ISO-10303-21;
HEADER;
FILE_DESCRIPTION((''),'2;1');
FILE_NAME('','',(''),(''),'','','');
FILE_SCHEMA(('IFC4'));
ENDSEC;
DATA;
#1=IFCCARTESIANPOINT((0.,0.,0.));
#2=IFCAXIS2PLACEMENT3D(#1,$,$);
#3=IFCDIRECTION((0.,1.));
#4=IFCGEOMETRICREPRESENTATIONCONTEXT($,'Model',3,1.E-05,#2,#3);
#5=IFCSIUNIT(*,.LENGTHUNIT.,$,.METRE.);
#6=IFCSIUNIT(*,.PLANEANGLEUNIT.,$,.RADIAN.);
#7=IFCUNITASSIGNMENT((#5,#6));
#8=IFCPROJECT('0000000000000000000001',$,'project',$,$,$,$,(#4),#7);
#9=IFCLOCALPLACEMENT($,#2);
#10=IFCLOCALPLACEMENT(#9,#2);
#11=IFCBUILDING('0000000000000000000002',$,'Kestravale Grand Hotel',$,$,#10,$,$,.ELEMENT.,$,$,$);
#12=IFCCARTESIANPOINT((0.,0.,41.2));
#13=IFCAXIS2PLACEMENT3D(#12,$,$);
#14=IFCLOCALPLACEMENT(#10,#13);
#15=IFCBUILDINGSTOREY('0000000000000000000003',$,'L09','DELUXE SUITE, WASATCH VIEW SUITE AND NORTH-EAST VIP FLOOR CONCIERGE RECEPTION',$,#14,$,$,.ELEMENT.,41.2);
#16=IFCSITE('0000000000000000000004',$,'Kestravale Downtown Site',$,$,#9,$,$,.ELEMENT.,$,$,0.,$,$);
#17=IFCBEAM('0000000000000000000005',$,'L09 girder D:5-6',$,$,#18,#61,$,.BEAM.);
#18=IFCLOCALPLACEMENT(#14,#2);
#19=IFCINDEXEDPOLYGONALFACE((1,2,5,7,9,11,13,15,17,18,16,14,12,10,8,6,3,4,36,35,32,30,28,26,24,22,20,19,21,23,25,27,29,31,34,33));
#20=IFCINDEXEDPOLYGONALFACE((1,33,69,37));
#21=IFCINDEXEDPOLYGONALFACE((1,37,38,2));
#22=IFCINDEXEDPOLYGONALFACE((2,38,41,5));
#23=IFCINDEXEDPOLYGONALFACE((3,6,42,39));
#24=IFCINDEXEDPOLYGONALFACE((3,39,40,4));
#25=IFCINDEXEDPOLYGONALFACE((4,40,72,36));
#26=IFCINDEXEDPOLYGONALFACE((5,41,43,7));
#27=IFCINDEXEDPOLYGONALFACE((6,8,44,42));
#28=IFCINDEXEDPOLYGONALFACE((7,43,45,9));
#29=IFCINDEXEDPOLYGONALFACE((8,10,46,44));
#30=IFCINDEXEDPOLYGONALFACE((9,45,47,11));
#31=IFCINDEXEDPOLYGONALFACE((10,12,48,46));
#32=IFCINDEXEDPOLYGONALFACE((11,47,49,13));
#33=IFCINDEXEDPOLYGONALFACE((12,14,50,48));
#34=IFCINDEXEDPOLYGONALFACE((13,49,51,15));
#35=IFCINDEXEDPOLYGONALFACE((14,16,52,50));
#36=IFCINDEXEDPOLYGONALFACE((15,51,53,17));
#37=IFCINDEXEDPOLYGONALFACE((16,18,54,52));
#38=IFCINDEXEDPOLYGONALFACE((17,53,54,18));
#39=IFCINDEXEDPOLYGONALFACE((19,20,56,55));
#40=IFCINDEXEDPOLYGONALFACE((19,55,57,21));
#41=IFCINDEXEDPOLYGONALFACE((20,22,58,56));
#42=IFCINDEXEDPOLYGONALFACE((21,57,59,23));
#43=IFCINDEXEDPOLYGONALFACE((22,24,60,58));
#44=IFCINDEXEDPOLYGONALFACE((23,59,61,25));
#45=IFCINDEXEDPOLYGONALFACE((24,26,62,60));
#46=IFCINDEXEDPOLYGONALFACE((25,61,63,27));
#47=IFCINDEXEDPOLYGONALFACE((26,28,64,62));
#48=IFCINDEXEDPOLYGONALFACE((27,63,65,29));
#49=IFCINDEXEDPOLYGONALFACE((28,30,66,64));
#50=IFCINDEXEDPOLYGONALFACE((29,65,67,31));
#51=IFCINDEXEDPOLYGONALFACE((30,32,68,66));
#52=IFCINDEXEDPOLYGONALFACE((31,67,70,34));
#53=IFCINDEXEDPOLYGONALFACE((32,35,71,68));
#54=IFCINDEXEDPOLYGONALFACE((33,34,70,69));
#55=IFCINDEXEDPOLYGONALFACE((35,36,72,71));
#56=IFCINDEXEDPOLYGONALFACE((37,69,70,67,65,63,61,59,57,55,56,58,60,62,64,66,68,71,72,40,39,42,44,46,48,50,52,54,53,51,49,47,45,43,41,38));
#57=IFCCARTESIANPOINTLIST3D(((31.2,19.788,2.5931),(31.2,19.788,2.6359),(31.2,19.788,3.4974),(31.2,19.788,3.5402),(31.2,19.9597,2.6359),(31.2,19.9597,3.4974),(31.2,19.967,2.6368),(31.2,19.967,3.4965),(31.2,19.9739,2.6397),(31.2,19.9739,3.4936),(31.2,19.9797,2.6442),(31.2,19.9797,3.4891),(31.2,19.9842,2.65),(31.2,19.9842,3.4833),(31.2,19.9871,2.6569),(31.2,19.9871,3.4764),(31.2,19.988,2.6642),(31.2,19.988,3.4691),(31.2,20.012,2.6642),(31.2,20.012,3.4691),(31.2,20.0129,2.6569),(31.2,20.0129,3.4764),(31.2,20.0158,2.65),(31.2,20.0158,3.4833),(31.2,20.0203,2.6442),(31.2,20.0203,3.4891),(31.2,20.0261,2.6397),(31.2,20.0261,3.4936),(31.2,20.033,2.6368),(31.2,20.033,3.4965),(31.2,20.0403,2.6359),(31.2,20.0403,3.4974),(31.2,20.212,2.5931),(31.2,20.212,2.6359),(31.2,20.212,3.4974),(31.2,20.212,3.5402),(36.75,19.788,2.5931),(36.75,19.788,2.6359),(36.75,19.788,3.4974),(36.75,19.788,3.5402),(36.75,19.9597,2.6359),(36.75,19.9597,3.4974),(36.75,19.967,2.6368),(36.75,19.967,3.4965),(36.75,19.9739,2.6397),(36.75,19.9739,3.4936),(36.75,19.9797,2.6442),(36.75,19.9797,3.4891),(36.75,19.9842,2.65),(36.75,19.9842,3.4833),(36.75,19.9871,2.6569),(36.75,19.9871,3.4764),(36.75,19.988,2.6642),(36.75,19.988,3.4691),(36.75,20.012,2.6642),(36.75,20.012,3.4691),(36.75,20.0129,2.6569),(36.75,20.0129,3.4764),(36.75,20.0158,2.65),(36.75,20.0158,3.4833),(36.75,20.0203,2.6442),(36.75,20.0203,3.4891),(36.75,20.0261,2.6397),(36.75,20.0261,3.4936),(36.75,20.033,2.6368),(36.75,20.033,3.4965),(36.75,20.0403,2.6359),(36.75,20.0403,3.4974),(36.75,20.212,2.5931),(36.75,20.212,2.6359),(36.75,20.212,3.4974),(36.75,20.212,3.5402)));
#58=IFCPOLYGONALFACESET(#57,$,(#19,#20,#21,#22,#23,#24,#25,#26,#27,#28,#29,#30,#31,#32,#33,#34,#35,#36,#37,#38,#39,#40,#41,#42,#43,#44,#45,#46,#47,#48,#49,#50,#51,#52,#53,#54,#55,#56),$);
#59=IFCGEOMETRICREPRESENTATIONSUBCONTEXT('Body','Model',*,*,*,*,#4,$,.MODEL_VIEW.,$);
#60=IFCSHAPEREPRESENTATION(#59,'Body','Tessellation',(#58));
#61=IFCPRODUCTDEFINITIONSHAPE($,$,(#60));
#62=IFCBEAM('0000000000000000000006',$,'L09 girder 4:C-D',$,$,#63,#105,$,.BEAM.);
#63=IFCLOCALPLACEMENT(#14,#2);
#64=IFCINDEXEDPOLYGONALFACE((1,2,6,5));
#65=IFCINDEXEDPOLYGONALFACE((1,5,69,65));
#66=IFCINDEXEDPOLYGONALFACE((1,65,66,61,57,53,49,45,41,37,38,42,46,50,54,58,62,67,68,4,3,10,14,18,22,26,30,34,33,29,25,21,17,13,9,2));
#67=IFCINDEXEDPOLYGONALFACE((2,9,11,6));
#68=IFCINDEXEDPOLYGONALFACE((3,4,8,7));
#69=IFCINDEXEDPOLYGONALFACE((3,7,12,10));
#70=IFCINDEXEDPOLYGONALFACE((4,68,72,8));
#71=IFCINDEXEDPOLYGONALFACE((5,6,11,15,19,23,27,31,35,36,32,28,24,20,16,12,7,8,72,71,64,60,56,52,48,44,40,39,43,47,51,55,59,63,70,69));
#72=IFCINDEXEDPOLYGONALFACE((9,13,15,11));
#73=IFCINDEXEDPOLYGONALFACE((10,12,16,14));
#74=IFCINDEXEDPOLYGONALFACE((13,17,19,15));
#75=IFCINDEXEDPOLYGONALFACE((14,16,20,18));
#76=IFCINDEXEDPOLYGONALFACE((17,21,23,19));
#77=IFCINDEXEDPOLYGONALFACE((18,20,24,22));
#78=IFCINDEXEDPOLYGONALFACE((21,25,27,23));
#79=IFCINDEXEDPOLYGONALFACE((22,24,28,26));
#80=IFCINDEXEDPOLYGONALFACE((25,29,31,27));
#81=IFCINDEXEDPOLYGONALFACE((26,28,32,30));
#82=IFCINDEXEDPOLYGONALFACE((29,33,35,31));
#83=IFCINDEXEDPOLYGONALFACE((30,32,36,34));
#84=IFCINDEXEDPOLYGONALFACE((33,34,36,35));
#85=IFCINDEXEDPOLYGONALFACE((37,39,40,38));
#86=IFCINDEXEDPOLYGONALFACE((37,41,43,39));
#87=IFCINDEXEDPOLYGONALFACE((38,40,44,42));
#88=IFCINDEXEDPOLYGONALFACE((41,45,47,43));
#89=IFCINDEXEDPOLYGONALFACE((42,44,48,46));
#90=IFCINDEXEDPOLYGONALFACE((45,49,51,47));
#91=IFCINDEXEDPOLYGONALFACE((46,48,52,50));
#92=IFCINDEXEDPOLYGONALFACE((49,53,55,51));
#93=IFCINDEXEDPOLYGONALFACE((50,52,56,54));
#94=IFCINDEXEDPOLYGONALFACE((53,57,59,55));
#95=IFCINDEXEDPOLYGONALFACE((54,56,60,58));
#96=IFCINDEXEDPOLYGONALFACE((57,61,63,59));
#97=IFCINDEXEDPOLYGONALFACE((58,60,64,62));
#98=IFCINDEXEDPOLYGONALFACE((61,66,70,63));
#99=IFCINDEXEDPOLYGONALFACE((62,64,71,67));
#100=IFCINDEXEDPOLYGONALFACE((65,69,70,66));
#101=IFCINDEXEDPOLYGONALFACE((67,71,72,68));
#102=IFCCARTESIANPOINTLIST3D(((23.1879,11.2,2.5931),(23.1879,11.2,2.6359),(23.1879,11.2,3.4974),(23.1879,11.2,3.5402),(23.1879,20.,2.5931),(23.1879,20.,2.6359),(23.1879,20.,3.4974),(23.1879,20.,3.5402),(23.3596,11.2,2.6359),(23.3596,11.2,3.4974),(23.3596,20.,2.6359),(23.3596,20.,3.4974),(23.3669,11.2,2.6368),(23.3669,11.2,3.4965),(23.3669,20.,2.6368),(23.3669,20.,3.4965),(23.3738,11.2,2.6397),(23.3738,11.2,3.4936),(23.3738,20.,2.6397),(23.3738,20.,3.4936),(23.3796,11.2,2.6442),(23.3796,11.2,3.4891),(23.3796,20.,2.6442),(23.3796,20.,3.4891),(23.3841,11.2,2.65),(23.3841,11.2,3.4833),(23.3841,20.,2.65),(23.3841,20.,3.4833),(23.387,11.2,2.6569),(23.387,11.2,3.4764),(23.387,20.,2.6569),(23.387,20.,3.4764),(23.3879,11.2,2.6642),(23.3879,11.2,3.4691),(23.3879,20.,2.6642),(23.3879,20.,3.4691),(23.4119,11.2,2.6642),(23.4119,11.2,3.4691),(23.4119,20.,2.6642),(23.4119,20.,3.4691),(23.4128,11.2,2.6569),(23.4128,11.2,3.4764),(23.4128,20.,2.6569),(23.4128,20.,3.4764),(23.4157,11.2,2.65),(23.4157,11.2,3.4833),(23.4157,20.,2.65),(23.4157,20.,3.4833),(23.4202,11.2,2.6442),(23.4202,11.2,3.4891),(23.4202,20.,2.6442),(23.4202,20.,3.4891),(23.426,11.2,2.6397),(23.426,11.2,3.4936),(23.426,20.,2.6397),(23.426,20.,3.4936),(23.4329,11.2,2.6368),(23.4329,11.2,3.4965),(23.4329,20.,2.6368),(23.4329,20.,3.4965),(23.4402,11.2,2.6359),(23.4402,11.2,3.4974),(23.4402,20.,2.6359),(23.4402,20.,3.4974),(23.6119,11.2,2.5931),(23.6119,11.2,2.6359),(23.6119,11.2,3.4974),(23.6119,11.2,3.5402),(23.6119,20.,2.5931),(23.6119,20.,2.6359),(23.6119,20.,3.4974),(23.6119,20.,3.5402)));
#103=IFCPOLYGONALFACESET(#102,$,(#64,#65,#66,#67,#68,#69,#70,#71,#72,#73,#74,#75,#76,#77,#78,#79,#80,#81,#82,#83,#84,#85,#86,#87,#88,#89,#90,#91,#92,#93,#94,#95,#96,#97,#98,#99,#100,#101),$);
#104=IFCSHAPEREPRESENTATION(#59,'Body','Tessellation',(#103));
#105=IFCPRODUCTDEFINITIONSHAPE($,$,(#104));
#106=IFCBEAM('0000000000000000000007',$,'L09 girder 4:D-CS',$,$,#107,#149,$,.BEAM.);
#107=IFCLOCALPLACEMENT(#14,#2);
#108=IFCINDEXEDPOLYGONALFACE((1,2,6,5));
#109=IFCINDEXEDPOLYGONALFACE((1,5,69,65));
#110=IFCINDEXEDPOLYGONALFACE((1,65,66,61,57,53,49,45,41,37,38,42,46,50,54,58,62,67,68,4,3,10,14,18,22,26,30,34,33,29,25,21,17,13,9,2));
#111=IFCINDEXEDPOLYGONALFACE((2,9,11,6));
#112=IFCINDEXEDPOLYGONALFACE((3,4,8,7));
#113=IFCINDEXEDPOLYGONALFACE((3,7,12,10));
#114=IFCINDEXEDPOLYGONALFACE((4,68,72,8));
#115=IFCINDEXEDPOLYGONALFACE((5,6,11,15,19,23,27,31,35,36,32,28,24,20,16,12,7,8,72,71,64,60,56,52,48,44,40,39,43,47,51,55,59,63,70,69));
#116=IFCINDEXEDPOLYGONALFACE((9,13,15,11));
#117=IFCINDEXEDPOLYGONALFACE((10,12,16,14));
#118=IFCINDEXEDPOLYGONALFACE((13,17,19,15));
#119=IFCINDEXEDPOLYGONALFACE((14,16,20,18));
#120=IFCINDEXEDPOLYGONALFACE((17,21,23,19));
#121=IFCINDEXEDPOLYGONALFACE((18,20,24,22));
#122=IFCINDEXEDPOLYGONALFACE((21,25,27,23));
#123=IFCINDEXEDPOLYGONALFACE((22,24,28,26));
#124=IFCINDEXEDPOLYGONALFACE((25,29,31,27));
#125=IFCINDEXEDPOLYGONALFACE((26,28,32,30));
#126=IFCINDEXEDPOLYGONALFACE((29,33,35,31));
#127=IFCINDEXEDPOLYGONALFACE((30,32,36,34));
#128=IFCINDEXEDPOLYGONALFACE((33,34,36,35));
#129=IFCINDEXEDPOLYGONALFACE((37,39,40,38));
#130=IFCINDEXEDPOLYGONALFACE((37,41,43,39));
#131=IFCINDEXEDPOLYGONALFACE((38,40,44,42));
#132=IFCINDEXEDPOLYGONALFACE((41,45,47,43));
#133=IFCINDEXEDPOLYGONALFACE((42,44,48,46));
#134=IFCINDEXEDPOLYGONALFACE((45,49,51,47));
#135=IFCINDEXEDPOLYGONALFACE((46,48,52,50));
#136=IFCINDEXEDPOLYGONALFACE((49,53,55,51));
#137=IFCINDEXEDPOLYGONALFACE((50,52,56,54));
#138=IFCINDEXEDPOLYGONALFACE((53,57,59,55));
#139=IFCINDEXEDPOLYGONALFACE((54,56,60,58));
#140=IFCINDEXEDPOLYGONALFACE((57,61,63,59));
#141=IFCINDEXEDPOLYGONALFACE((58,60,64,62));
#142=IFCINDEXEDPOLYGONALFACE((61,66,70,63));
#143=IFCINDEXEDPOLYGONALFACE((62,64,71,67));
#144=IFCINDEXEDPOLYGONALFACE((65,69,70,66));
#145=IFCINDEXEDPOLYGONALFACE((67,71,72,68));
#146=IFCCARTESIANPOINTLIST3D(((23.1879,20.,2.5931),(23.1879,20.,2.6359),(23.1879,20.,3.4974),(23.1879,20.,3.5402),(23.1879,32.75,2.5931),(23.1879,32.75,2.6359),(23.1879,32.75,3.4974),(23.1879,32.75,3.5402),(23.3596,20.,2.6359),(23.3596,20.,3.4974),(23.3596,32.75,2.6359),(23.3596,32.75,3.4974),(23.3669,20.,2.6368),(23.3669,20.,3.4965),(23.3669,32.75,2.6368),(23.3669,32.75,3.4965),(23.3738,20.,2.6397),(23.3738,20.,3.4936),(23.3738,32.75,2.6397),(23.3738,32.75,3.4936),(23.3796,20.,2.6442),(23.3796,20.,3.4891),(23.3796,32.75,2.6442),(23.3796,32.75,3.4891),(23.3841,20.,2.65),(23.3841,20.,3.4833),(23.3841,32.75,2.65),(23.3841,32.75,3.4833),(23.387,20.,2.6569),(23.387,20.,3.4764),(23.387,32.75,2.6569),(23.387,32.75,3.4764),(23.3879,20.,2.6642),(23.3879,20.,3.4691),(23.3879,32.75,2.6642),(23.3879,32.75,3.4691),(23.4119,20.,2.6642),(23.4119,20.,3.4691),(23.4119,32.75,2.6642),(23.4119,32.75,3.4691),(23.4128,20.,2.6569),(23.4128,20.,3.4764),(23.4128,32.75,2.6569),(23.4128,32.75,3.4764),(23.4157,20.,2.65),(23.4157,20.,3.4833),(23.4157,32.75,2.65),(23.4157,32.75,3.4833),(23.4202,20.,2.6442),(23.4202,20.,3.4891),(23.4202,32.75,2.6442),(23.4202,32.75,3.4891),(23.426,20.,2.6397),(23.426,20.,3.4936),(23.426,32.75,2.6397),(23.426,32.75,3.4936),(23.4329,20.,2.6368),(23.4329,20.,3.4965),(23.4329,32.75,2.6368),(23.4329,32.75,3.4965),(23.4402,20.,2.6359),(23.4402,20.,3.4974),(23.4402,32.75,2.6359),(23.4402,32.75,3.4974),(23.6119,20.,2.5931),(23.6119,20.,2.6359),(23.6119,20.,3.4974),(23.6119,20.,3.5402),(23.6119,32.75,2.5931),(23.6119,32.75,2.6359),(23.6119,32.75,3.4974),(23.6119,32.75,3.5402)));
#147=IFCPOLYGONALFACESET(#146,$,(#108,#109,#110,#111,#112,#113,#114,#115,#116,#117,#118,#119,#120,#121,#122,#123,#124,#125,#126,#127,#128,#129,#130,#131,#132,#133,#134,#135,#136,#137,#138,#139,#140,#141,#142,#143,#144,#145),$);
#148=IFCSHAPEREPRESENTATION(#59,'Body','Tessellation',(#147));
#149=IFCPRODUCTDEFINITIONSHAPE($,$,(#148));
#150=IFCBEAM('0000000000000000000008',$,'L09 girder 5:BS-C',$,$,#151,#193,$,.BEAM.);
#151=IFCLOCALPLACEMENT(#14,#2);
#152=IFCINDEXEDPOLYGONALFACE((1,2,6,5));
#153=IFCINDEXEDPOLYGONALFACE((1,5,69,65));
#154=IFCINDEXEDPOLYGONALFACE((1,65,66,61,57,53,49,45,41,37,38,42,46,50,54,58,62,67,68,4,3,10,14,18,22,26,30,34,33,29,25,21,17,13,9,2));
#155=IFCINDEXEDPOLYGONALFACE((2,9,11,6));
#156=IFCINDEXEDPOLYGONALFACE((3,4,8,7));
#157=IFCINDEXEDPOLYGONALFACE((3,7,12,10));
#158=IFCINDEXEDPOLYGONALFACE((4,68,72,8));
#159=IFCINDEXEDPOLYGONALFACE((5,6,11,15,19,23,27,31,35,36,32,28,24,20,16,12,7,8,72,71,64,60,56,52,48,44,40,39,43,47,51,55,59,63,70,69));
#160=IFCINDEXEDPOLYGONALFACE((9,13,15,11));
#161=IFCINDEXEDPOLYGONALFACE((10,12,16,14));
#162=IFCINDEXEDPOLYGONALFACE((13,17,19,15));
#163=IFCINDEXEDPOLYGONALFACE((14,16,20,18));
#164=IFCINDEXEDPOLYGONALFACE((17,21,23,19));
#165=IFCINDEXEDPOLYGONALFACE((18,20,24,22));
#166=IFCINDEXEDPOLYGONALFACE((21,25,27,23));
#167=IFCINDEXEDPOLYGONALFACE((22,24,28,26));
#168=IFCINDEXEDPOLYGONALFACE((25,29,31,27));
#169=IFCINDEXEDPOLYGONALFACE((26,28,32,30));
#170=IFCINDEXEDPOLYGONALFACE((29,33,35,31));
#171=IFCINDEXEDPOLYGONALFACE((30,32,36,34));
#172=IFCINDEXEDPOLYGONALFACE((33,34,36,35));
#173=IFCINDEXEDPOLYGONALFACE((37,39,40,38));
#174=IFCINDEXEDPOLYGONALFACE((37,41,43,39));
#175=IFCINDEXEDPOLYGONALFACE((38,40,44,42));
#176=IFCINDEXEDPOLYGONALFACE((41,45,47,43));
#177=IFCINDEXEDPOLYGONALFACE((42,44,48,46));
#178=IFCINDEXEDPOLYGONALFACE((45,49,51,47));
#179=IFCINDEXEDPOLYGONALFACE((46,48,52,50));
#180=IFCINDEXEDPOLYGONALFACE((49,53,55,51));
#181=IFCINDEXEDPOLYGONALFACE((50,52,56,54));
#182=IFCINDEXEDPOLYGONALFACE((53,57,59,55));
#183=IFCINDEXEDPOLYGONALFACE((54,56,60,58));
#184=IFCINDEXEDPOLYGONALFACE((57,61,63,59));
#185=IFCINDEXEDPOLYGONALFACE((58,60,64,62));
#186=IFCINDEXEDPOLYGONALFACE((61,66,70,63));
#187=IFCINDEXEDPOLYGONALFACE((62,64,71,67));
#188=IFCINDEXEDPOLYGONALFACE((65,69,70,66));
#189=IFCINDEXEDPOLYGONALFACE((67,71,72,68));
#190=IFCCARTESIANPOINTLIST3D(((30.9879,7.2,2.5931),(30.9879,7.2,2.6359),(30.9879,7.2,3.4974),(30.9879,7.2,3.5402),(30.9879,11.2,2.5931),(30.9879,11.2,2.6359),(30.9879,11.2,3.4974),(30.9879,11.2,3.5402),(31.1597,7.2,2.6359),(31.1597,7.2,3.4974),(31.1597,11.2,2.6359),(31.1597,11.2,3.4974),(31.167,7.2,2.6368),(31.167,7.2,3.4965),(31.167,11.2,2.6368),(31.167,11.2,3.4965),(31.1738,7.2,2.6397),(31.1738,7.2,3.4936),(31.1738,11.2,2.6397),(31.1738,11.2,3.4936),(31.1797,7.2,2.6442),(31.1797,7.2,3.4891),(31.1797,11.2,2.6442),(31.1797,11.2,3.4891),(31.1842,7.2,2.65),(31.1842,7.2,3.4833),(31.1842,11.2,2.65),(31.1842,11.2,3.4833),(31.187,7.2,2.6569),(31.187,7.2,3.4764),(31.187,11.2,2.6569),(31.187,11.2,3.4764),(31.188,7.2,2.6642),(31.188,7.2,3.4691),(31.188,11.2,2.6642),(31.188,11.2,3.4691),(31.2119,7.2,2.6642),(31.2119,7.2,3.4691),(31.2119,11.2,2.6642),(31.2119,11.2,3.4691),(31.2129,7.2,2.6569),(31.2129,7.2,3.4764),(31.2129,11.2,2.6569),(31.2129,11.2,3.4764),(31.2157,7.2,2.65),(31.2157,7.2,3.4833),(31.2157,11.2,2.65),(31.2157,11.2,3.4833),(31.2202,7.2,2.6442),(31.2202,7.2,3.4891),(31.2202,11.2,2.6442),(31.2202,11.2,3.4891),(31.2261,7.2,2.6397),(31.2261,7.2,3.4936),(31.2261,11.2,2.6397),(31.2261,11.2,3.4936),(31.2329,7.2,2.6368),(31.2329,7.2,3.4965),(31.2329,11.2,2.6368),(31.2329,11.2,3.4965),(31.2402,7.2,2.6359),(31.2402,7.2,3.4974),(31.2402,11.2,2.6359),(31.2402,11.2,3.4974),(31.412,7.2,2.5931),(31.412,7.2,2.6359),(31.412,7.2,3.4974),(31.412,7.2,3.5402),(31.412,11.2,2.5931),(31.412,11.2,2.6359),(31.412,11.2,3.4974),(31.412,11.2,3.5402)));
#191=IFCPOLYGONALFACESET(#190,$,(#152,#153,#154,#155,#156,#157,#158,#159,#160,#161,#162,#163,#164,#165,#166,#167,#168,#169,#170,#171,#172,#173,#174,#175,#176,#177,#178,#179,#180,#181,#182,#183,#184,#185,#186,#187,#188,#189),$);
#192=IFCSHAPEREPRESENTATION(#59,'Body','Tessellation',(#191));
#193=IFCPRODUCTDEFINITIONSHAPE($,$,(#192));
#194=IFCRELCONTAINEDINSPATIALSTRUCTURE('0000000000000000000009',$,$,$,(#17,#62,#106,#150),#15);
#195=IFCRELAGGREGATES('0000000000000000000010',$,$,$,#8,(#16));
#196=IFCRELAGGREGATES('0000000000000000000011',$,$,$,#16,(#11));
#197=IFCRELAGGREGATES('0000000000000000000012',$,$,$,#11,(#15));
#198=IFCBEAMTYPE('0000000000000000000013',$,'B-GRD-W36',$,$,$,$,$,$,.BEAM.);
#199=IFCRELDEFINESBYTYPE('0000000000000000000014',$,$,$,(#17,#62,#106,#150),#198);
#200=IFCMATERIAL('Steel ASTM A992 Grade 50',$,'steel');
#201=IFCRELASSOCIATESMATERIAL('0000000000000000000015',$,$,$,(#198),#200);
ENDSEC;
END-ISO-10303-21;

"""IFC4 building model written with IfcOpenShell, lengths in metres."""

from ifc_helpers import new_model, si_unit, direction, frame, origin, origin_2d, place, context, subcontext, project, spatial, i_section, extrude, material, material_profile, profile_set, type_object, element, save


model = new_model("IFC4")

# Units and contexts
model_context = context("Model", 3, precision=1e-05, world=origin(), true_north=direction((0.0, 1.0)))
body_context = subcontext(model_context, "Body", "Model", "MODEL_VIEW")
ifc_project = project(units=[si_unit("LENGTHUNIT", "METRE"), si_unit("PLANEANGLEUNIT", "RADIAN")], contexts=[model_context])

# Site, building, storey
site_placement = place(None, origin())
site = spatial("IfcSite", under=ifc_project, at=site_placement, Name="Kestravale Downtown Site", CompositionType="ELEMENT", RefElevation=0.0)
building_placement = place(site_placement, origin())
building = spatial("IfcBuilding", under=site, at=building_placement, Name="Kestravale Grand Hotel", CompositionType="ELEMENT")
storey_placement = place(building_placement, frame((0.0, 0.0, 41.2)))
storey = spatial("IfcBuildingStorey", under=building, at=storey_placement, Name="L09", Description="DELUXE SUITE, WASATCH VIEW SUITE AND NORTH-EAST VIP FLOOR CONCIERGE RECEPTION", CompositionType="ELEMENT", Elevation=41.2)

# Beams
ifc_material_1 = material(Name="Steel ASTM A992 Grade 50", Category="steel")
ifc_material_profile_1 = material_profile(ifc_material_1, i_section(OverallWidth=0.4241, OverallDepth=0.947, WebThickness=0.0239, FlangeThickness=0.0427, FilletRadius=0.0283, at=origin_2d()))
ifc_profile_set_1 = profile_set([ifc_material_profile_1], Name="Steel ASTM A992 Grade 50")
beam_type_1 = type_object("IfcBeamType", Name="B-GRD-W36", PredefinedType="BEAM", material=ifc_profile_set_1)
beam_1_placement = place(storey_placement, frame((31.2, 20.0, 3.0667), z_axis=(1.0, 0.0, 0.0), x_axis=(0.0, 1.0, 0.0)))
element("IfcBeam", 1, at=beam_1_placement, inside=storey, type_object=beam_type_1, Name="L09 girder D:5-6", PredefinedType="BEAM", context=body_context, shape_type="SweptSolid", body=[
    extrude(i_section(OverallWidth=0.4241, OverallDepth=0.947, WebThickness=0.0239, FlangeThickness=0.0427, FilletRadius=0.0283, at=origin_2d()), origin(), (0.0, 0.0, 1.0), 5.55),
])
beam_2_placement = place(storey_placement, frame((23.3999, 11.2, 3.0667), z_axis=(0.0, 1.0, 0.0), x_axis=(-1.0, 0.0, 0.0)))
element("IfcBeam", 2, at=beam_2_placement, inside=storey, type_object=beam_type_1, Name="L09 girder 4:C-D", PredefinedType="BEAM", context=body_context, shape_type="SweptSolid", body=[
    extrude(i_section(OverallWidth=0.4241, OverallDepth=0.947, WebThickness=0.0239, FlangeThickness=0.0427, FilletRadius=0.0283, at=origin_2d()), origin(), (0.0, 0.0, 1.0), 8.8),
])
beam_3_placement = place(storey_placement, frame((23.3999, 20.0, 3.0667), z_axis=(0.0, 1.0, 0.0), x_axis=(-1.0, 0.0, 0.0)))
element("IfcBeam", 3, at=beam_3_placement, inside=storey, type_object=beam_type_1, Name="L09 girder 4:D-CS", PredefinedType="BEAM", context=body_context, shape_type="SweptSolid", body=[
    extrude(i_section(OverallWidth=0.4241, OverallDepth=0.947, WebThickness=0.0239, FlangeThickness=0.0427, FilletRadius=0.0283, at=origin_2d()), origin(), (0.0, 0.0, 1.0), 12.75),
])
beam_4_placement = place(storey_placement, frame((31.2, 7.2, 3.0667), z_axis=(0.0, 1.0, 0.0), x_axis=(-1.0, 0.0, 0.0)))
element("IfcBeam", 4, at=beam_4_placement, inside=storey, type_object=beam_type_1, Name="L09 girder 5:BS-C", PredefinedType="BEAM", context=body_context, shape_type="SweptSolid", body=[
    extrude(i_section(OverallWidth=0.4241, OverallDepth=0.947, WebThickness=0.0239, FlangeThickness=0.0427, FilletRadius=0.0283, at=origin_2d()), origin(), (0.0, 0.0, 1.0), 4.0),
])

save(model, "model.ifc")
